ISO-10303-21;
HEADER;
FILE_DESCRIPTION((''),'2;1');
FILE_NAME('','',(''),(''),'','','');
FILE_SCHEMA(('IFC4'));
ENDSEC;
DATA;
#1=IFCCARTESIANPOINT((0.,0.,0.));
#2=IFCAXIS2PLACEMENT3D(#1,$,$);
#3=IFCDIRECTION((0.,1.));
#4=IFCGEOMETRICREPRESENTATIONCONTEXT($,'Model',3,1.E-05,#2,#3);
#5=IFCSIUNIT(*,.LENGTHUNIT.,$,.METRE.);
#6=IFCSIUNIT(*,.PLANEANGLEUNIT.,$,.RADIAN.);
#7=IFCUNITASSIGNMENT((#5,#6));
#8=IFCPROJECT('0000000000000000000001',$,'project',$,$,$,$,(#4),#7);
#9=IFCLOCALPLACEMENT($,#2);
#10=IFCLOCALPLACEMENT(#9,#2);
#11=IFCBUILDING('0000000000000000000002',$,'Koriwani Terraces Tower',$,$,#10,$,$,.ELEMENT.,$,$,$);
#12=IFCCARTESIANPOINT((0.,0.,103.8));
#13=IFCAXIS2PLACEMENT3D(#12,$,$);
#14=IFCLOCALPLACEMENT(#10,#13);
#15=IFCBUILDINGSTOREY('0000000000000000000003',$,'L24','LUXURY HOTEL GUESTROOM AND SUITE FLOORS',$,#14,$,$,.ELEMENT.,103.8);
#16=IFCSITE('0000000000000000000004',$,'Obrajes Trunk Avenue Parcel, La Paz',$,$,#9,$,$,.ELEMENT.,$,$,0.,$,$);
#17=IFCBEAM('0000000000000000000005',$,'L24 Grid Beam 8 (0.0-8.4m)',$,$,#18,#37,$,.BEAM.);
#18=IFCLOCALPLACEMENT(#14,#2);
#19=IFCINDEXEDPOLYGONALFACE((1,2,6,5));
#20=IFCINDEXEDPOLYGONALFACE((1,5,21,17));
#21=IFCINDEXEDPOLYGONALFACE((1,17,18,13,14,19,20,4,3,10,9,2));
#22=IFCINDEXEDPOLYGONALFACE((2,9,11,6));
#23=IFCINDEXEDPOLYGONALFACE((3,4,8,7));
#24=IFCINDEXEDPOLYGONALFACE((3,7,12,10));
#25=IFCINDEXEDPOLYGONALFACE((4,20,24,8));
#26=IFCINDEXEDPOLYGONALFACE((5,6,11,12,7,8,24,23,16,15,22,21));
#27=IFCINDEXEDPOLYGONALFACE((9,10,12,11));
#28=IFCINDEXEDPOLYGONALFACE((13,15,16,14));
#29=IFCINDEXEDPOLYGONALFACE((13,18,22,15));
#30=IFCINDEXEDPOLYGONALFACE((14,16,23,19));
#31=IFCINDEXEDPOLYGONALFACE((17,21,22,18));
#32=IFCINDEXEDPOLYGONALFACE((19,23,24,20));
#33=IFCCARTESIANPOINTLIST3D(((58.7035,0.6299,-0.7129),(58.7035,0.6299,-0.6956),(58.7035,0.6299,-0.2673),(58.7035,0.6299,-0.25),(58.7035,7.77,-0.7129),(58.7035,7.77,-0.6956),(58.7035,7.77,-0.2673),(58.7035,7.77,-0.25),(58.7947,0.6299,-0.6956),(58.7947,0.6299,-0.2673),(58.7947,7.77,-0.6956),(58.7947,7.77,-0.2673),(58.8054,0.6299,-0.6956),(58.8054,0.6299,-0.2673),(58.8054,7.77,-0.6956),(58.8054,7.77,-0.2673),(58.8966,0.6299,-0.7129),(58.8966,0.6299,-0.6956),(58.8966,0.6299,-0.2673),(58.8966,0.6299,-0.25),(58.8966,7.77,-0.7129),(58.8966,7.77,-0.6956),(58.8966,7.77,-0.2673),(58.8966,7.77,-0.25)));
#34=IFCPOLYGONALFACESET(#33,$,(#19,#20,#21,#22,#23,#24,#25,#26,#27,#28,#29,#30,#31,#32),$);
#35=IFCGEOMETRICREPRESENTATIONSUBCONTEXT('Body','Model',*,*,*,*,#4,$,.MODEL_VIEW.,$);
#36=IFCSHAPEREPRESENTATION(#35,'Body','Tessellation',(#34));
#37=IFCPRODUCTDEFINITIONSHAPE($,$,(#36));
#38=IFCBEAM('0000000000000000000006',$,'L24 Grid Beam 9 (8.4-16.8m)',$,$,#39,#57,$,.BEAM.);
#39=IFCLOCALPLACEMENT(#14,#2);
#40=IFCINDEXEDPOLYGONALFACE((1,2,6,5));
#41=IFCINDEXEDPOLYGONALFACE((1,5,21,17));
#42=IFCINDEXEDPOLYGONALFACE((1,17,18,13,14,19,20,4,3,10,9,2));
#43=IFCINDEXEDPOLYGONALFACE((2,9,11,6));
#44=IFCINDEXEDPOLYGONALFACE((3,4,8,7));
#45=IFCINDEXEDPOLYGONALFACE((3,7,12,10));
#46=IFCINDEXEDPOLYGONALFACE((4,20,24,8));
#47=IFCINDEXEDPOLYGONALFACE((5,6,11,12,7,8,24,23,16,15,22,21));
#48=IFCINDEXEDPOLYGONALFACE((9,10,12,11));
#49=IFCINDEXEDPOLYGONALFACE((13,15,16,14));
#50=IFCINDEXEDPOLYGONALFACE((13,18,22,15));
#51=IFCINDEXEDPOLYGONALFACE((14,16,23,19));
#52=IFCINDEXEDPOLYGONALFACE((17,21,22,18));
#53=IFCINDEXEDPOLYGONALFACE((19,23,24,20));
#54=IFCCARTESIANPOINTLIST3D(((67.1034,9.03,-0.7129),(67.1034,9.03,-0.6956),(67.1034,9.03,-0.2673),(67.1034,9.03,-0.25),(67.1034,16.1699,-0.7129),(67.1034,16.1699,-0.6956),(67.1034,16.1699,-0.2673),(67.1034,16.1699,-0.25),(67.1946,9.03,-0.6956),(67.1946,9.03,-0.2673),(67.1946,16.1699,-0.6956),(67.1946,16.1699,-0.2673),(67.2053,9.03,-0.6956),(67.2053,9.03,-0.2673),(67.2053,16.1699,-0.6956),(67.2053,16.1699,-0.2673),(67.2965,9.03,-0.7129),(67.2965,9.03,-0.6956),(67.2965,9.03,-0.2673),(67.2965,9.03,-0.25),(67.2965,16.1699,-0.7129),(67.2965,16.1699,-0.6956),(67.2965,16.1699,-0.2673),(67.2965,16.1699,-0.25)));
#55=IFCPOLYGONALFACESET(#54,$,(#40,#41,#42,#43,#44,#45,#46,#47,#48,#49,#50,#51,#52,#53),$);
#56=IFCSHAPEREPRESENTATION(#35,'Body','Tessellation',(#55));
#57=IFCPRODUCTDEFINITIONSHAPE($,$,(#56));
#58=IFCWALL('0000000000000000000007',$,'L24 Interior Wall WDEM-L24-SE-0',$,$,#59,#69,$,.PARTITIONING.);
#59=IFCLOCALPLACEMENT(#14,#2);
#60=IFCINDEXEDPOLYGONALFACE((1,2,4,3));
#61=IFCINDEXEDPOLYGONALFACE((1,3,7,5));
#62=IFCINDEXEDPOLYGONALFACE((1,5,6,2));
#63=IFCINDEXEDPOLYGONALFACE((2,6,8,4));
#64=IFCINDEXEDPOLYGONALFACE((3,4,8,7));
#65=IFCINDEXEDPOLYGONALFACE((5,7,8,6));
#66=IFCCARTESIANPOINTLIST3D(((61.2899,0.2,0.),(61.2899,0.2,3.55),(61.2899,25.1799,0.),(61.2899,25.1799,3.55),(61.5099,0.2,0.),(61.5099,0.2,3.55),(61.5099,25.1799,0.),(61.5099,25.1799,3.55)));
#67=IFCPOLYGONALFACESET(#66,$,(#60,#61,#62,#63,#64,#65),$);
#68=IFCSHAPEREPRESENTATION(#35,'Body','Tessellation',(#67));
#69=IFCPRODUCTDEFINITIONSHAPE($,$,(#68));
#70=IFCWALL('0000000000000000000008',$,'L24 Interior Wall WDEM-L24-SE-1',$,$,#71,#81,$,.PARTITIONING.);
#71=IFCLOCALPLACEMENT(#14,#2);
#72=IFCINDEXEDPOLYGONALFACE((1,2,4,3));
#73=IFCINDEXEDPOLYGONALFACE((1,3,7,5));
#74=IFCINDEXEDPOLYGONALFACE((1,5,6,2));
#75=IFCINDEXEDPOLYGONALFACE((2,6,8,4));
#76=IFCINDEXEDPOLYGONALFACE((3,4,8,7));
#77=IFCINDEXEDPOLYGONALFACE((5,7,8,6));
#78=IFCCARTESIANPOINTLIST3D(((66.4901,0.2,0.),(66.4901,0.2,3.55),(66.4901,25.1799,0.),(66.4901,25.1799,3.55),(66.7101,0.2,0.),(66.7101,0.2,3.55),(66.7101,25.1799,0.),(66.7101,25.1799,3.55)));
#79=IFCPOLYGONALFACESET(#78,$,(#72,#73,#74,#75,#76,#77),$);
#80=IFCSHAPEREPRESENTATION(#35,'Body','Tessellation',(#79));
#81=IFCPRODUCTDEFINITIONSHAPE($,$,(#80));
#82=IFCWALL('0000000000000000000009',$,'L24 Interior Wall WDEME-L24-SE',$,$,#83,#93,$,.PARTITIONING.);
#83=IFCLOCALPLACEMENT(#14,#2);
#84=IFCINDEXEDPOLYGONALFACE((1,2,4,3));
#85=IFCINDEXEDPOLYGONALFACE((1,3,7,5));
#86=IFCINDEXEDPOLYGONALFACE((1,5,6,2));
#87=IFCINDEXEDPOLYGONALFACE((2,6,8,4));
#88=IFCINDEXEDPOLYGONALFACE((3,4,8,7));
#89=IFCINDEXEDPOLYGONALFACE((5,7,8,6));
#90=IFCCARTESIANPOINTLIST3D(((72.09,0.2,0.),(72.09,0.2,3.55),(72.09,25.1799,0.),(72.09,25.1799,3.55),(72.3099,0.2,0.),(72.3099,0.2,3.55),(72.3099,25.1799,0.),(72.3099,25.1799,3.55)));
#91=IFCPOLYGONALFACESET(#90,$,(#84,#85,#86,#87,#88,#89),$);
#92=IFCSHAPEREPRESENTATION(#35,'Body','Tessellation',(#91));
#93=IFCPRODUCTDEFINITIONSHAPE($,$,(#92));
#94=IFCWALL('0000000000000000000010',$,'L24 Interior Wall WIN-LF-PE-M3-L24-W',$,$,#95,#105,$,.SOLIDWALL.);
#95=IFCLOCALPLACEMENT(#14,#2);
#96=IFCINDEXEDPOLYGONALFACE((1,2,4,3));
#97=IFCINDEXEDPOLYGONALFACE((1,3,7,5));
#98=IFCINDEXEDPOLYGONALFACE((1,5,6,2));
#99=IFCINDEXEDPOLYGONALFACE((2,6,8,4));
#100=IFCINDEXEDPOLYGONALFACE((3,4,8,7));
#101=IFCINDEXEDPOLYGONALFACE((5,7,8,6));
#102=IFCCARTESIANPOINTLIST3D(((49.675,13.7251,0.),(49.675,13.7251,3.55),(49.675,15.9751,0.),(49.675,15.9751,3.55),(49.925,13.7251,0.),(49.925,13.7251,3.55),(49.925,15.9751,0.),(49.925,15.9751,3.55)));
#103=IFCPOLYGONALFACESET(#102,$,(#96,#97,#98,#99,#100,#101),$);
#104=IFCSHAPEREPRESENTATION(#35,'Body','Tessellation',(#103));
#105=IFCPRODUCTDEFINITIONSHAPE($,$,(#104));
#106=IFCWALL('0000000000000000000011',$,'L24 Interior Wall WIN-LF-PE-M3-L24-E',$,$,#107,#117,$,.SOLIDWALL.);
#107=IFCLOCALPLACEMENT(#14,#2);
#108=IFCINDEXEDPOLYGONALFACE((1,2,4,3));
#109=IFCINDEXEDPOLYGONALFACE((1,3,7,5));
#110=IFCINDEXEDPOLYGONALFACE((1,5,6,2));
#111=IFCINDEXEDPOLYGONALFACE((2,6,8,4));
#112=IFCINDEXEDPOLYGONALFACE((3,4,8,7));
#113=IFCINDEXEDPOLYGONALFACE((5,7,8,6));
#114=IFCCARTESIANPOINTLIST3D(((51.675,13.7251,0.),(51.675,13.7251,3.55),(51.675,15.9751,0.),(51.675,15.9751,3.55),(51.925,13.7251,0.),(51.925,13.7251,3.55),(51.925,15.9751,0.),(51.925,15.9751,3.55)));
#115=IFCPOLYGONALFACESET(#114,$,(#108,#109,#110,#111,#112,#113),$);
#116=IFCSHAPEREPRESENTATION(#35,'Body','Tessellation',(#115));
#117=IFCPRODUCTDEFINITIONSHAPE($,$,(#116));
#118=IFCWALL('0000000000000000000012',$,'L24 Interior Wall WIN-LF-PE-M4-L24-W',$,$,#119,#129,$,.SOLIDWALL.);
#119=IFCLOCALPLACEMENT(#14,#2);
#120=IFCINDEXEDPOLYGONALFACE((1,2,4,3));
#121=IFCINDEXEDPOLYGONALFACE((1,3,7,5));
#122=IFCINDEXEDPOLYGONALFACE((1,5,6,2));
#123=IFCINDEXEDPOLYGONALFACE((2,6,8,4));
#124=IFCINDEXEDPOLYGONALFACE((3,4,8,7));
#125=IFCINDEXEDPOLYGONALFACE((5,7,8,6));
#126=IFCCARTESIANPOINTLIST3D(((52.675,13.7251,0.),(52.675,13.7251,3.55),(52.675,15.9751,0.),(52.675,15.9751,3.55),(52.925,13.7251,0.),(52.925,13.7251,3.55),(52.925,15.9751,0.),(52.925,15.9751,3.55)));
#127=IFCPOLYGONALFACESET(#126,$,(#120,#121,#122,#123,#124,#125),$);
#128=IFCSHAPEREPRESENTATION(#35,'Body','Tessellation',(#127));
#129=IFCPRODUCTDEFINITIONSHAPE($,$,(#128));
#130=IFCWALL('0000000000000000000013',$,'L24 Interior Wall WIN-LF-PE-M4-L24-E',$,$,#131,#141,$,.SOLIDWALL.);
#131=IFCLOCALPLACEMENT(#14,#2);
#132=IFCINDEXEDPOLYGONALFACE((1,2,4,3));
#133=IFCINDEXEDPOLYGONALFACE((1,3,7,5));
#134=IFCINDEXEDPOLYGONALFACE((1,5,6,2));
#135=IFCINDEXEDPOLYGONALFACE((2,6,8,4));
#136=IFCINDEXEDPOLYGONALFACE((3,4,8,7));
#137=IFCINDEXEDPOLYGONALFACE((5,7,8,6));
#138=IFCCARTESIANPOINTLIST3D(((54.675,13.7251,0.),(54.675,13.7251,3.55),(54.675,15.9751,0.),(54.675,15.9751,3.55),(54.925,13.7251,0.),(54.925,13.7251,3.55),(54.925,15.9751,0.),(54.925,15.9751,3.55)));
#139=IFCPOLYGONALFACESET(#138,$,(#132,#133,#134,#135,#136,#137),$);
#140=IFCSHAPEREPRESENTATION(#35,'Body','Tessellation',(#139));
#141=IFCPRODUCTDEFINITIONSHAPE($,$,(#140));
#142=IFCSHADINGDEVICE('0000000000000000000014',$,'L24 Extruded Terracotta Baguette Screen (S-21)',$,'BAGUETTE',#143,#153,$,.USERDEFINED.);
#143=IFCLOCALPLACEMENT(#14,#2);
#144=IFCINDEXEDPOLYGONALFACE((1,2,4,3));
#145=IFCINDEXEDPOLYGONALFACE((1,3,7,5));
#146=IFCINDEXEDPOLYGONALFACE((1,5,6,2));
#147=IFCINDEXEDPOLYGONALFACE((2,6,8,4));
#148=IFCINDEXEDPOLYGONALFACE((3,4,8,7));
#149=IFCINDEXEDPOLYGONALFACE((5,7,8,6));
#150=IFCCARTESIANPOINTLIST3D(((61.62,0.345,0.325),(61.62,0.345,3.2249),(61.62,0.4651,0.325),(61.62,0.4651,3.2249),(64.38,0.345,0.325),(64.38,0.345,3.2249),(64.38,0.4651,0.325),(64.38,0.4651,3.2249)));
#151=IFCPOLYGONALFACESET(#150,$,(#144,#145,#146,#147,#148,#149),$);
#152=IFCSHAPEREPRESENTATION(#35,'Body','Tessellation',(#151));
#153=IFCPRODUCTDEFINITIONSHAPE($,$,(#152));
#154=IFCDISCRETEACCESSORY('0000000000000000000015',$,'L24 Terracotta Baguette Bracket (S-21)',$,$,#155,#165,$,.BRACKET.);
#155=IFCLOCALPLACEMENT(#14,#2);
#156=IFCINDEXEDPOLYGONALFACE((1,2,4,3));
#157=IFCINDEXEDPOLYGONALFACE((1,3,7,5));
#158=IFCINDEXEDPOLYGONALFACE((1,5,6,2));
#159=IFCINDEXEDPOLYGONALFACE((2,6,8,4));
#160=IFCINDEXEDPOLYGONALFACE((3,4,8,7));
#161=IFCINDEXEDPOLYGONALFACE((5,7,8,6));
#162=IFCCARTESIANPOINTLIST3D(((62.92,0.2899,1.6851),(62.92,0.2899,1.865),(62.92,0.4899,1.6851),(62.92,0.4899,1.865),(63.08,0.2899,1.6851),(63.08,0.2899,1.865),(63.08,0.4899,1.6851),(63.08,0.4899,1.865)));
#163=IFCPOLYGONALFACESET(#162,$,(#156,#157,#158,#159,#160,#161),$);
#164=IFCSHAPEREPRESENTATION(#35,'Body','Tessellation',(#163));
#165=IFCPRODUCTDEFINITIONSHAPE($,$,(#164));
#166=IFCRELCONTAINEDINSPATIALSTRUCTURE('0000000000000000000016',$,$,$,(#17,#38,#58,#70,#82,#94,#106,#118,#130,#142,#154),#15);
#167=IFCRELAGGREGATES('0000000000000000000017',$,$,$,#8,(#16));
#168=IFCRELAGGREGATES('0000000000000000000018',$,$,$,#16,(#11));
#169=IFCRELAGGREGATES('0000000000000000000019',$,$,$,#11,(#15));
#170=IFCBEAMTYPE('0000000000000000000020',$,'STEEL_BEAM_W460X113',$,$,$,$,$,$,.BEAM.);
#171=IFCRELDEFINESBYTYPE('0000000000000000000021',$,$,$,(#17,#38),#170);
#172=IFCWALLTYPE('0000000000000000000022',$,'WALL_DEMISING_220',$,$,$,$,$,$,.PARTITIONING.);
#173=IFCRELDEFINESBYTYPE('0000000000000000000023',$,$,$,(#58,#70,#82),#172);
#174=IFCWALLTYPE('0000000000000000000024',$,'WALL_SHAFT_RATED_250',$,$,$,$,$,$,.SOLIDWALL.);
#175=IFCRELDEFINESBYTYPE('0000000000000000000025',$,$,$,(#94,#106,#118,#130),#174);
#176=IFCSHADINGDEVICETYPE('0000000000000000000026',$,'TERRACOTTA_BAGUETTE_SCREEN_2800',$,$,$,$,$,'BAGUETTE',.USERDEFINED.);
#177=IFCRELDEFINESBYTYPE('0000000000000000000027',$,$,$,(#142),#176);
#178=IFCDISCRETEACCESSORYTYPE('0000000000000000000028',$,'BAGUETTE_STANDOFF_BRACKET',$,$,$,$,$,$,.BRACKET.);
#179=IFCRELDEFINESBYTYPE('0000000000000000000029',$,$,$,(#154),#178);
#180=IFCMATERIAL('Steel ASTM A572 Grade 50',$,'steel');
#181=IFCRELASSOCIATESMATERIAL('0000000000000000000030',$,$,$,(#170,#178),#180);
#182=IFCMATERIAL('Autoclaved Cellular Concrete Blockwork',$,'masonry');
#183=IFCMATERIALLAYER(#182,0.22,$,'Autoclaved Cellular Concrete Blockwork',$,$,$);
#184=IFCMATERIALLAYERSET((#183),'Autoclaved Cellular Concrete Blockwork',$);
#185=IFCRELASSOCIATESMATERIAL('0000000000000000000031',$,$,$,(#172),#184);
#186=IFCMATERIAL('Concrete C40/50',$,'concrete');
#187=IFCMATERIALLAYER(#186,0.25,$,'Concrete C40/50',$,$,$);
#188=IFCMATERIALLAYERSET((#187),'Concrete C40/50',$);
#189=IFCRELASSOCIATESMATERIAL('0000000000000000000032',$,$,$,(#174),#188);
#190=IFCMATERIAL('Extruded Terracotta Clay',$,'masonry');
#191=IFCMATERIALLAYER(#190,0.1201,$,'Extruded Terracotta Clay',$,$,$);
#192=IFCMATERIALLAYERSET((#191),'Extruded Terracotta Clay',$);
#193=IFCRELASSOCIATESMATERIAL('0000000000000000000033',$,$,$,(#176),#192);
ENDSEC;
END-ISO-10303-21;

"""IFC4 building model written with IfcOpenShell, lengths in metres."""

from ifc_helpers import new_model, si_unit, direction, frame, frame_2d, origin, origin_2d, place, context, subcontext, project, spatial, rectangle, i_section, extrude, material, layer, layer_set, material_profile, profile_set, type_object, element, save


model = new_model("IFC4")

# Units and contexts
model_context = context("Model", 3, precision=1e-05, world=origin(), true_north=direction((0.0, 1.0)))
body_context = subcontext(model_context, "Body", "Model", "MODEL_VIEW")
ifc_project = project(units=[si_unit("LENGTHUNIT", "METRE"), si_unit("PLANEANGLEUNIT", "RADIAN")], contexts=[model_context])

# Site, building, storey
site_placement = place(None, origin())
site = spatial("IfcSite", under=ifc_project, at=site_placement, Name="Obrajes Trunk Avenue Parcel, La Paz", CompositionType="ELEMENT", RefElevation=0.0)
building_placement = place(site_placement, origin())
building = spatial("IfcBuilding", under=site, at=building_placement, Name="Koriwani Terraces Tower", CompositionType="ELEMENT")
storey_placement = place(building_placement, frame((0.0, 0.0, 103.8)))
storey = spatial("IfcBuildingStorey", under=building, at=storey_placement, Name="L24", Description="LUXURY HOTEL GUESTROOM AND SUITE FLOORS", CompositionType="ELEMENT", Elevation=103.8)

# Beams
ifc_material_1 = material(Name="Concrete C40/50", Category="concrete")
ifc_material_2 = material(Name="Steel ASTM A572 Grade 50", Category="steel")
ifc_material_profile_1 = material_profile(ifc_material_2, i_section(OverallWidth=0.1931, OverallDepth=0.4629, WebThickness=0.0107, FlangeThickness=0.0173, at=origin_2d()), Name="Steel ASTM A572 Grade 50", Category="LoadBearing")
ifc_profile_set_1 = profile_set([ifc_material_profile_1], Name="Steel ASTM A572 Grade 50")
beam_type_1 = type_object("IfcBeamType", Name="STEEL_BEAM_W460X113", PredefinedType="BEAM", material=ifc_profile_set_1)
for number, where, z_axis, x_axis, name in (
    (1, (58.8, 0.6299, -0.4814), (0.0, 1.0, 0.0), (-1.0, 0.0, 0.0), "L24 Grid Beam 8 (0.0-8.4m)"),
):
    element("IfcBeam", number, at=place(storey_placement, frame(where, z_axis=z_axis, x_axis=x_axis)), inside=storey, type_object=beam_type_1, Name=name, PredefinedType="BEAM", context=body_context, shape_type="SweptSolid", body=[
        extrude(i_section(OverallWidth=0.1931, OverallDepth=0.4629, WebThickness=0.0107, FlangeThickness=0.0173, at=origin_2d()), origin(), (0.0, 0.0, 1.0), 7.1401),
    ])
beam_1_placement = place(storey_placement, frame((67.2, 9.03, -0.4814), z_axis=(0.0, 1.0, 0.0), x_axis=(-1.0, 0.0, 0.0)))
element("IfcBeam", 2, at=beam_1_placement, inside=storey, type_object=beam_type_1, Name="L24 Grid Beam 9 (8.4-16.8m)", PredefinedType="BEAM", context=body_context, shape_type="SweptSolid", body=[
    extrude(i_section(OverallWidth=0.1931, OverallDepth=0.4629, WebThickness=0.0107, FlangeThickness=0.0173, at=origin_2d()), origin(), (0.0, 0.0, 1.0), 7.1399),
])

# Walls
ifc_material_3 = material(Name="Autoclaved Cellular Concrete Blockwork", Category="masonry")
ifc_layer_1 = layer(ifc_material_3, 0.22, Name="Autoclaved Cellular Concrete Blockwork")
ifc_layer_set_1 = layer_set([ifc_layer_1], Name="Autoclaved Cellular Concrete Blockwork")
wall_type_1 = type_object("IfcWallType", Name="WALL_DEMISING_220", PredefinedType="PARTITIONING", material=ifc_layer_set_1)
for number, where, z_axis, x_axis, name in (
    (3, (61.3999, 0.2, 0.0), (0.0, 0.0, 1.0), (0.0, 1.0, 0.0), "L24 Interior Wall WDEM-L24-SE-0"),
    (4, (66.6001, 0.2, 0.0), (0.0, 0.0, 1.0), (0.0, 1.0, 0.0), "L24 Interior Wall WDEM-L24-SE-1"),
    (5, (72.2, 0.2, 0.0), (0.0, 0.0, 1.0), (0.0, 1.0, 0.0), "L24 Interior Wall WDEME-L24-SE"),
):
    element("IfcWall", number, at=place(storey_placement, frame(where, z_axis=z_axis, x_axis=x_axis)), inside=storey, type_object=wall_type_1, Name=name, PredefinedType="PARTITIONING", context=body_context, shape_type="SweptSolid", body=[
        extrude(rectangle(XDim=24.98, YDim=0.22, at=frame_2d((12.49, 0.0))), origin(), (0.0, 0.0, 1.0), 3.55),
    ])

# Shared definitions
ifc_layer_2 = layer(ifc_material_1, 0.25, Name="Concrete C40/50")
ifc_layer_set_2 = layer_set([ifc_layer_2], Name="Concrete C40/50")
wall_type_2 = type_object("IfcWallType", Name="WALL_SHAFT_RATED_250", PredefinedType="SOLIDWALL", material=ifc_layer_set_2)

# Walls
for number, where, z_axis, x_axis, name in (
    (6, (49.8, 13.7251, 0.0), (0.0, 0.0, 1.0), (0.0, 1.0, 0.0), "L24 Interior Wall WIN-LF-PE-M3-L24-W"),
    (7, (51.8, 13.7251, 0.0), (0.0, 0.0, 1.0), (0.0, 1.0, 0.0), "L24 Interior Wall WIN-LF-PE-M3-L24-E"),
):
    element("IfcWall", number, at=place(storey_placement, frame(where, z_axis=z_axis, x_axis=x_axis)), inside=storey, type_object=wall_type_2, Name=name, PredefinedType="SOLIDWALL", context=body_context, shape_type="SweptSolid", body=[
        extrude(rectangle(XDim=2.25, YDim=0.25, at=frame_2d((1.125, 0.0))), origin(), (0.0, 0.0, 1.0), 3.55),
    ])

# Walls
for number, where, z_axis, x_axis, name in (
    (8, (52.8, 13.7251, 0.0), (0.0, 0.0, 1.0), (0.0, 1.0, 0.0), "L24 Interior Wall WIN-LF-PE-M4-L24-W"),
    (9, (54.8, 13.7251, 0.0), (0.0, 0.0, 1.0), (0.0, 1.0, 0.0), "L24 Interior Wall WIN-LF-PE-M4-L24-E"),
):
    element("IfcWall", number, at=place(storey_placement, frame(where, z_axis=z_axis, x_axis=x_axis)), inside=storey, type_object=wall_type_2, Name=name, PredefinedType="SOLIDWALL", context=body_context, shape_type="SweptSolid", body=[
        extrude(rectangle(XDim=2.25, YDim=0.25, at=frame_2d((1.125, 0.0))), origin(), (0.0, 0.0, 1.0), 3.55),
    ])

# Shading device
ifc_material_4 = material(Name="Extruded Terracotta Clay", Category="masonry")
ifc_layer_3 = layer(ifc_material_4, 0.1201, Name="Extruded Terracotta Clay")
ifc_layer_set_3 = layer_set([ifc_layer_3], Name="Extruded Terracotta Clay")
shading_device_type = type_object("IfcShadingDeviceType", Name="TERRACOTTA_BAGUETTE_SCREEN_2800", ElementType="BAGUETTE", PredefinedType="USERDEFINED", material=ifc_layer_set_3)
shading_device_placement = place(storey_placement, frame((63.0, 0.405, 0.325), z_axis=(0.0, 0.0, 1.0), x_axis=(-1.0, 0.0, 0.0)))
element("IfcShadingDevice", 10, at=shading_device_placement, inside=storey, type_object=shading_device_type, Name="L24 Extruded Terracotta Baguette Screen (S-21)", ObjectType="BAGUETTE", PredefinedType="USERDEFINED", context=body_context, shape_type="SweptSolid", body=[
    extrude(rectangle(XDim=2.76, YDim=0.1201, at=origin_2d()), origin(), (0.0, 0.0, 1.0), 2.8999),
])

# Discrete accessory
discrete_accessory_type = type_object("IfcDiscreteAccessoryType", Name="BAGUETTE_STANDOFF_BRACKET", PredefinedType="BRACKET", material=ifc_material_2)
discrete_accessory_placement = place(storey_placement, frame((63.0, 0.3899, 1.6851), z_axis=(0.0, 0.0, 1.0), x_axis=(-1.0, 0.0, 0.0)))
element("IfcDiscreteAccessory", 11, at=discrete_accessory_placement, inside=storey, type_object=discrete_accessory_type, Name="L24 Terracotta Baguette Bracket (S-21)", PredefinedType="BRACKET", context=body_context, shape_type="SweptSolid", body=[
    extrude(rectangle(XDim=0.1599, YDim=0.2, at=origin_2d()), origin(), (0.0, 0.0, 1.0), 0.1799),
])

save(model, "model.ifc")
